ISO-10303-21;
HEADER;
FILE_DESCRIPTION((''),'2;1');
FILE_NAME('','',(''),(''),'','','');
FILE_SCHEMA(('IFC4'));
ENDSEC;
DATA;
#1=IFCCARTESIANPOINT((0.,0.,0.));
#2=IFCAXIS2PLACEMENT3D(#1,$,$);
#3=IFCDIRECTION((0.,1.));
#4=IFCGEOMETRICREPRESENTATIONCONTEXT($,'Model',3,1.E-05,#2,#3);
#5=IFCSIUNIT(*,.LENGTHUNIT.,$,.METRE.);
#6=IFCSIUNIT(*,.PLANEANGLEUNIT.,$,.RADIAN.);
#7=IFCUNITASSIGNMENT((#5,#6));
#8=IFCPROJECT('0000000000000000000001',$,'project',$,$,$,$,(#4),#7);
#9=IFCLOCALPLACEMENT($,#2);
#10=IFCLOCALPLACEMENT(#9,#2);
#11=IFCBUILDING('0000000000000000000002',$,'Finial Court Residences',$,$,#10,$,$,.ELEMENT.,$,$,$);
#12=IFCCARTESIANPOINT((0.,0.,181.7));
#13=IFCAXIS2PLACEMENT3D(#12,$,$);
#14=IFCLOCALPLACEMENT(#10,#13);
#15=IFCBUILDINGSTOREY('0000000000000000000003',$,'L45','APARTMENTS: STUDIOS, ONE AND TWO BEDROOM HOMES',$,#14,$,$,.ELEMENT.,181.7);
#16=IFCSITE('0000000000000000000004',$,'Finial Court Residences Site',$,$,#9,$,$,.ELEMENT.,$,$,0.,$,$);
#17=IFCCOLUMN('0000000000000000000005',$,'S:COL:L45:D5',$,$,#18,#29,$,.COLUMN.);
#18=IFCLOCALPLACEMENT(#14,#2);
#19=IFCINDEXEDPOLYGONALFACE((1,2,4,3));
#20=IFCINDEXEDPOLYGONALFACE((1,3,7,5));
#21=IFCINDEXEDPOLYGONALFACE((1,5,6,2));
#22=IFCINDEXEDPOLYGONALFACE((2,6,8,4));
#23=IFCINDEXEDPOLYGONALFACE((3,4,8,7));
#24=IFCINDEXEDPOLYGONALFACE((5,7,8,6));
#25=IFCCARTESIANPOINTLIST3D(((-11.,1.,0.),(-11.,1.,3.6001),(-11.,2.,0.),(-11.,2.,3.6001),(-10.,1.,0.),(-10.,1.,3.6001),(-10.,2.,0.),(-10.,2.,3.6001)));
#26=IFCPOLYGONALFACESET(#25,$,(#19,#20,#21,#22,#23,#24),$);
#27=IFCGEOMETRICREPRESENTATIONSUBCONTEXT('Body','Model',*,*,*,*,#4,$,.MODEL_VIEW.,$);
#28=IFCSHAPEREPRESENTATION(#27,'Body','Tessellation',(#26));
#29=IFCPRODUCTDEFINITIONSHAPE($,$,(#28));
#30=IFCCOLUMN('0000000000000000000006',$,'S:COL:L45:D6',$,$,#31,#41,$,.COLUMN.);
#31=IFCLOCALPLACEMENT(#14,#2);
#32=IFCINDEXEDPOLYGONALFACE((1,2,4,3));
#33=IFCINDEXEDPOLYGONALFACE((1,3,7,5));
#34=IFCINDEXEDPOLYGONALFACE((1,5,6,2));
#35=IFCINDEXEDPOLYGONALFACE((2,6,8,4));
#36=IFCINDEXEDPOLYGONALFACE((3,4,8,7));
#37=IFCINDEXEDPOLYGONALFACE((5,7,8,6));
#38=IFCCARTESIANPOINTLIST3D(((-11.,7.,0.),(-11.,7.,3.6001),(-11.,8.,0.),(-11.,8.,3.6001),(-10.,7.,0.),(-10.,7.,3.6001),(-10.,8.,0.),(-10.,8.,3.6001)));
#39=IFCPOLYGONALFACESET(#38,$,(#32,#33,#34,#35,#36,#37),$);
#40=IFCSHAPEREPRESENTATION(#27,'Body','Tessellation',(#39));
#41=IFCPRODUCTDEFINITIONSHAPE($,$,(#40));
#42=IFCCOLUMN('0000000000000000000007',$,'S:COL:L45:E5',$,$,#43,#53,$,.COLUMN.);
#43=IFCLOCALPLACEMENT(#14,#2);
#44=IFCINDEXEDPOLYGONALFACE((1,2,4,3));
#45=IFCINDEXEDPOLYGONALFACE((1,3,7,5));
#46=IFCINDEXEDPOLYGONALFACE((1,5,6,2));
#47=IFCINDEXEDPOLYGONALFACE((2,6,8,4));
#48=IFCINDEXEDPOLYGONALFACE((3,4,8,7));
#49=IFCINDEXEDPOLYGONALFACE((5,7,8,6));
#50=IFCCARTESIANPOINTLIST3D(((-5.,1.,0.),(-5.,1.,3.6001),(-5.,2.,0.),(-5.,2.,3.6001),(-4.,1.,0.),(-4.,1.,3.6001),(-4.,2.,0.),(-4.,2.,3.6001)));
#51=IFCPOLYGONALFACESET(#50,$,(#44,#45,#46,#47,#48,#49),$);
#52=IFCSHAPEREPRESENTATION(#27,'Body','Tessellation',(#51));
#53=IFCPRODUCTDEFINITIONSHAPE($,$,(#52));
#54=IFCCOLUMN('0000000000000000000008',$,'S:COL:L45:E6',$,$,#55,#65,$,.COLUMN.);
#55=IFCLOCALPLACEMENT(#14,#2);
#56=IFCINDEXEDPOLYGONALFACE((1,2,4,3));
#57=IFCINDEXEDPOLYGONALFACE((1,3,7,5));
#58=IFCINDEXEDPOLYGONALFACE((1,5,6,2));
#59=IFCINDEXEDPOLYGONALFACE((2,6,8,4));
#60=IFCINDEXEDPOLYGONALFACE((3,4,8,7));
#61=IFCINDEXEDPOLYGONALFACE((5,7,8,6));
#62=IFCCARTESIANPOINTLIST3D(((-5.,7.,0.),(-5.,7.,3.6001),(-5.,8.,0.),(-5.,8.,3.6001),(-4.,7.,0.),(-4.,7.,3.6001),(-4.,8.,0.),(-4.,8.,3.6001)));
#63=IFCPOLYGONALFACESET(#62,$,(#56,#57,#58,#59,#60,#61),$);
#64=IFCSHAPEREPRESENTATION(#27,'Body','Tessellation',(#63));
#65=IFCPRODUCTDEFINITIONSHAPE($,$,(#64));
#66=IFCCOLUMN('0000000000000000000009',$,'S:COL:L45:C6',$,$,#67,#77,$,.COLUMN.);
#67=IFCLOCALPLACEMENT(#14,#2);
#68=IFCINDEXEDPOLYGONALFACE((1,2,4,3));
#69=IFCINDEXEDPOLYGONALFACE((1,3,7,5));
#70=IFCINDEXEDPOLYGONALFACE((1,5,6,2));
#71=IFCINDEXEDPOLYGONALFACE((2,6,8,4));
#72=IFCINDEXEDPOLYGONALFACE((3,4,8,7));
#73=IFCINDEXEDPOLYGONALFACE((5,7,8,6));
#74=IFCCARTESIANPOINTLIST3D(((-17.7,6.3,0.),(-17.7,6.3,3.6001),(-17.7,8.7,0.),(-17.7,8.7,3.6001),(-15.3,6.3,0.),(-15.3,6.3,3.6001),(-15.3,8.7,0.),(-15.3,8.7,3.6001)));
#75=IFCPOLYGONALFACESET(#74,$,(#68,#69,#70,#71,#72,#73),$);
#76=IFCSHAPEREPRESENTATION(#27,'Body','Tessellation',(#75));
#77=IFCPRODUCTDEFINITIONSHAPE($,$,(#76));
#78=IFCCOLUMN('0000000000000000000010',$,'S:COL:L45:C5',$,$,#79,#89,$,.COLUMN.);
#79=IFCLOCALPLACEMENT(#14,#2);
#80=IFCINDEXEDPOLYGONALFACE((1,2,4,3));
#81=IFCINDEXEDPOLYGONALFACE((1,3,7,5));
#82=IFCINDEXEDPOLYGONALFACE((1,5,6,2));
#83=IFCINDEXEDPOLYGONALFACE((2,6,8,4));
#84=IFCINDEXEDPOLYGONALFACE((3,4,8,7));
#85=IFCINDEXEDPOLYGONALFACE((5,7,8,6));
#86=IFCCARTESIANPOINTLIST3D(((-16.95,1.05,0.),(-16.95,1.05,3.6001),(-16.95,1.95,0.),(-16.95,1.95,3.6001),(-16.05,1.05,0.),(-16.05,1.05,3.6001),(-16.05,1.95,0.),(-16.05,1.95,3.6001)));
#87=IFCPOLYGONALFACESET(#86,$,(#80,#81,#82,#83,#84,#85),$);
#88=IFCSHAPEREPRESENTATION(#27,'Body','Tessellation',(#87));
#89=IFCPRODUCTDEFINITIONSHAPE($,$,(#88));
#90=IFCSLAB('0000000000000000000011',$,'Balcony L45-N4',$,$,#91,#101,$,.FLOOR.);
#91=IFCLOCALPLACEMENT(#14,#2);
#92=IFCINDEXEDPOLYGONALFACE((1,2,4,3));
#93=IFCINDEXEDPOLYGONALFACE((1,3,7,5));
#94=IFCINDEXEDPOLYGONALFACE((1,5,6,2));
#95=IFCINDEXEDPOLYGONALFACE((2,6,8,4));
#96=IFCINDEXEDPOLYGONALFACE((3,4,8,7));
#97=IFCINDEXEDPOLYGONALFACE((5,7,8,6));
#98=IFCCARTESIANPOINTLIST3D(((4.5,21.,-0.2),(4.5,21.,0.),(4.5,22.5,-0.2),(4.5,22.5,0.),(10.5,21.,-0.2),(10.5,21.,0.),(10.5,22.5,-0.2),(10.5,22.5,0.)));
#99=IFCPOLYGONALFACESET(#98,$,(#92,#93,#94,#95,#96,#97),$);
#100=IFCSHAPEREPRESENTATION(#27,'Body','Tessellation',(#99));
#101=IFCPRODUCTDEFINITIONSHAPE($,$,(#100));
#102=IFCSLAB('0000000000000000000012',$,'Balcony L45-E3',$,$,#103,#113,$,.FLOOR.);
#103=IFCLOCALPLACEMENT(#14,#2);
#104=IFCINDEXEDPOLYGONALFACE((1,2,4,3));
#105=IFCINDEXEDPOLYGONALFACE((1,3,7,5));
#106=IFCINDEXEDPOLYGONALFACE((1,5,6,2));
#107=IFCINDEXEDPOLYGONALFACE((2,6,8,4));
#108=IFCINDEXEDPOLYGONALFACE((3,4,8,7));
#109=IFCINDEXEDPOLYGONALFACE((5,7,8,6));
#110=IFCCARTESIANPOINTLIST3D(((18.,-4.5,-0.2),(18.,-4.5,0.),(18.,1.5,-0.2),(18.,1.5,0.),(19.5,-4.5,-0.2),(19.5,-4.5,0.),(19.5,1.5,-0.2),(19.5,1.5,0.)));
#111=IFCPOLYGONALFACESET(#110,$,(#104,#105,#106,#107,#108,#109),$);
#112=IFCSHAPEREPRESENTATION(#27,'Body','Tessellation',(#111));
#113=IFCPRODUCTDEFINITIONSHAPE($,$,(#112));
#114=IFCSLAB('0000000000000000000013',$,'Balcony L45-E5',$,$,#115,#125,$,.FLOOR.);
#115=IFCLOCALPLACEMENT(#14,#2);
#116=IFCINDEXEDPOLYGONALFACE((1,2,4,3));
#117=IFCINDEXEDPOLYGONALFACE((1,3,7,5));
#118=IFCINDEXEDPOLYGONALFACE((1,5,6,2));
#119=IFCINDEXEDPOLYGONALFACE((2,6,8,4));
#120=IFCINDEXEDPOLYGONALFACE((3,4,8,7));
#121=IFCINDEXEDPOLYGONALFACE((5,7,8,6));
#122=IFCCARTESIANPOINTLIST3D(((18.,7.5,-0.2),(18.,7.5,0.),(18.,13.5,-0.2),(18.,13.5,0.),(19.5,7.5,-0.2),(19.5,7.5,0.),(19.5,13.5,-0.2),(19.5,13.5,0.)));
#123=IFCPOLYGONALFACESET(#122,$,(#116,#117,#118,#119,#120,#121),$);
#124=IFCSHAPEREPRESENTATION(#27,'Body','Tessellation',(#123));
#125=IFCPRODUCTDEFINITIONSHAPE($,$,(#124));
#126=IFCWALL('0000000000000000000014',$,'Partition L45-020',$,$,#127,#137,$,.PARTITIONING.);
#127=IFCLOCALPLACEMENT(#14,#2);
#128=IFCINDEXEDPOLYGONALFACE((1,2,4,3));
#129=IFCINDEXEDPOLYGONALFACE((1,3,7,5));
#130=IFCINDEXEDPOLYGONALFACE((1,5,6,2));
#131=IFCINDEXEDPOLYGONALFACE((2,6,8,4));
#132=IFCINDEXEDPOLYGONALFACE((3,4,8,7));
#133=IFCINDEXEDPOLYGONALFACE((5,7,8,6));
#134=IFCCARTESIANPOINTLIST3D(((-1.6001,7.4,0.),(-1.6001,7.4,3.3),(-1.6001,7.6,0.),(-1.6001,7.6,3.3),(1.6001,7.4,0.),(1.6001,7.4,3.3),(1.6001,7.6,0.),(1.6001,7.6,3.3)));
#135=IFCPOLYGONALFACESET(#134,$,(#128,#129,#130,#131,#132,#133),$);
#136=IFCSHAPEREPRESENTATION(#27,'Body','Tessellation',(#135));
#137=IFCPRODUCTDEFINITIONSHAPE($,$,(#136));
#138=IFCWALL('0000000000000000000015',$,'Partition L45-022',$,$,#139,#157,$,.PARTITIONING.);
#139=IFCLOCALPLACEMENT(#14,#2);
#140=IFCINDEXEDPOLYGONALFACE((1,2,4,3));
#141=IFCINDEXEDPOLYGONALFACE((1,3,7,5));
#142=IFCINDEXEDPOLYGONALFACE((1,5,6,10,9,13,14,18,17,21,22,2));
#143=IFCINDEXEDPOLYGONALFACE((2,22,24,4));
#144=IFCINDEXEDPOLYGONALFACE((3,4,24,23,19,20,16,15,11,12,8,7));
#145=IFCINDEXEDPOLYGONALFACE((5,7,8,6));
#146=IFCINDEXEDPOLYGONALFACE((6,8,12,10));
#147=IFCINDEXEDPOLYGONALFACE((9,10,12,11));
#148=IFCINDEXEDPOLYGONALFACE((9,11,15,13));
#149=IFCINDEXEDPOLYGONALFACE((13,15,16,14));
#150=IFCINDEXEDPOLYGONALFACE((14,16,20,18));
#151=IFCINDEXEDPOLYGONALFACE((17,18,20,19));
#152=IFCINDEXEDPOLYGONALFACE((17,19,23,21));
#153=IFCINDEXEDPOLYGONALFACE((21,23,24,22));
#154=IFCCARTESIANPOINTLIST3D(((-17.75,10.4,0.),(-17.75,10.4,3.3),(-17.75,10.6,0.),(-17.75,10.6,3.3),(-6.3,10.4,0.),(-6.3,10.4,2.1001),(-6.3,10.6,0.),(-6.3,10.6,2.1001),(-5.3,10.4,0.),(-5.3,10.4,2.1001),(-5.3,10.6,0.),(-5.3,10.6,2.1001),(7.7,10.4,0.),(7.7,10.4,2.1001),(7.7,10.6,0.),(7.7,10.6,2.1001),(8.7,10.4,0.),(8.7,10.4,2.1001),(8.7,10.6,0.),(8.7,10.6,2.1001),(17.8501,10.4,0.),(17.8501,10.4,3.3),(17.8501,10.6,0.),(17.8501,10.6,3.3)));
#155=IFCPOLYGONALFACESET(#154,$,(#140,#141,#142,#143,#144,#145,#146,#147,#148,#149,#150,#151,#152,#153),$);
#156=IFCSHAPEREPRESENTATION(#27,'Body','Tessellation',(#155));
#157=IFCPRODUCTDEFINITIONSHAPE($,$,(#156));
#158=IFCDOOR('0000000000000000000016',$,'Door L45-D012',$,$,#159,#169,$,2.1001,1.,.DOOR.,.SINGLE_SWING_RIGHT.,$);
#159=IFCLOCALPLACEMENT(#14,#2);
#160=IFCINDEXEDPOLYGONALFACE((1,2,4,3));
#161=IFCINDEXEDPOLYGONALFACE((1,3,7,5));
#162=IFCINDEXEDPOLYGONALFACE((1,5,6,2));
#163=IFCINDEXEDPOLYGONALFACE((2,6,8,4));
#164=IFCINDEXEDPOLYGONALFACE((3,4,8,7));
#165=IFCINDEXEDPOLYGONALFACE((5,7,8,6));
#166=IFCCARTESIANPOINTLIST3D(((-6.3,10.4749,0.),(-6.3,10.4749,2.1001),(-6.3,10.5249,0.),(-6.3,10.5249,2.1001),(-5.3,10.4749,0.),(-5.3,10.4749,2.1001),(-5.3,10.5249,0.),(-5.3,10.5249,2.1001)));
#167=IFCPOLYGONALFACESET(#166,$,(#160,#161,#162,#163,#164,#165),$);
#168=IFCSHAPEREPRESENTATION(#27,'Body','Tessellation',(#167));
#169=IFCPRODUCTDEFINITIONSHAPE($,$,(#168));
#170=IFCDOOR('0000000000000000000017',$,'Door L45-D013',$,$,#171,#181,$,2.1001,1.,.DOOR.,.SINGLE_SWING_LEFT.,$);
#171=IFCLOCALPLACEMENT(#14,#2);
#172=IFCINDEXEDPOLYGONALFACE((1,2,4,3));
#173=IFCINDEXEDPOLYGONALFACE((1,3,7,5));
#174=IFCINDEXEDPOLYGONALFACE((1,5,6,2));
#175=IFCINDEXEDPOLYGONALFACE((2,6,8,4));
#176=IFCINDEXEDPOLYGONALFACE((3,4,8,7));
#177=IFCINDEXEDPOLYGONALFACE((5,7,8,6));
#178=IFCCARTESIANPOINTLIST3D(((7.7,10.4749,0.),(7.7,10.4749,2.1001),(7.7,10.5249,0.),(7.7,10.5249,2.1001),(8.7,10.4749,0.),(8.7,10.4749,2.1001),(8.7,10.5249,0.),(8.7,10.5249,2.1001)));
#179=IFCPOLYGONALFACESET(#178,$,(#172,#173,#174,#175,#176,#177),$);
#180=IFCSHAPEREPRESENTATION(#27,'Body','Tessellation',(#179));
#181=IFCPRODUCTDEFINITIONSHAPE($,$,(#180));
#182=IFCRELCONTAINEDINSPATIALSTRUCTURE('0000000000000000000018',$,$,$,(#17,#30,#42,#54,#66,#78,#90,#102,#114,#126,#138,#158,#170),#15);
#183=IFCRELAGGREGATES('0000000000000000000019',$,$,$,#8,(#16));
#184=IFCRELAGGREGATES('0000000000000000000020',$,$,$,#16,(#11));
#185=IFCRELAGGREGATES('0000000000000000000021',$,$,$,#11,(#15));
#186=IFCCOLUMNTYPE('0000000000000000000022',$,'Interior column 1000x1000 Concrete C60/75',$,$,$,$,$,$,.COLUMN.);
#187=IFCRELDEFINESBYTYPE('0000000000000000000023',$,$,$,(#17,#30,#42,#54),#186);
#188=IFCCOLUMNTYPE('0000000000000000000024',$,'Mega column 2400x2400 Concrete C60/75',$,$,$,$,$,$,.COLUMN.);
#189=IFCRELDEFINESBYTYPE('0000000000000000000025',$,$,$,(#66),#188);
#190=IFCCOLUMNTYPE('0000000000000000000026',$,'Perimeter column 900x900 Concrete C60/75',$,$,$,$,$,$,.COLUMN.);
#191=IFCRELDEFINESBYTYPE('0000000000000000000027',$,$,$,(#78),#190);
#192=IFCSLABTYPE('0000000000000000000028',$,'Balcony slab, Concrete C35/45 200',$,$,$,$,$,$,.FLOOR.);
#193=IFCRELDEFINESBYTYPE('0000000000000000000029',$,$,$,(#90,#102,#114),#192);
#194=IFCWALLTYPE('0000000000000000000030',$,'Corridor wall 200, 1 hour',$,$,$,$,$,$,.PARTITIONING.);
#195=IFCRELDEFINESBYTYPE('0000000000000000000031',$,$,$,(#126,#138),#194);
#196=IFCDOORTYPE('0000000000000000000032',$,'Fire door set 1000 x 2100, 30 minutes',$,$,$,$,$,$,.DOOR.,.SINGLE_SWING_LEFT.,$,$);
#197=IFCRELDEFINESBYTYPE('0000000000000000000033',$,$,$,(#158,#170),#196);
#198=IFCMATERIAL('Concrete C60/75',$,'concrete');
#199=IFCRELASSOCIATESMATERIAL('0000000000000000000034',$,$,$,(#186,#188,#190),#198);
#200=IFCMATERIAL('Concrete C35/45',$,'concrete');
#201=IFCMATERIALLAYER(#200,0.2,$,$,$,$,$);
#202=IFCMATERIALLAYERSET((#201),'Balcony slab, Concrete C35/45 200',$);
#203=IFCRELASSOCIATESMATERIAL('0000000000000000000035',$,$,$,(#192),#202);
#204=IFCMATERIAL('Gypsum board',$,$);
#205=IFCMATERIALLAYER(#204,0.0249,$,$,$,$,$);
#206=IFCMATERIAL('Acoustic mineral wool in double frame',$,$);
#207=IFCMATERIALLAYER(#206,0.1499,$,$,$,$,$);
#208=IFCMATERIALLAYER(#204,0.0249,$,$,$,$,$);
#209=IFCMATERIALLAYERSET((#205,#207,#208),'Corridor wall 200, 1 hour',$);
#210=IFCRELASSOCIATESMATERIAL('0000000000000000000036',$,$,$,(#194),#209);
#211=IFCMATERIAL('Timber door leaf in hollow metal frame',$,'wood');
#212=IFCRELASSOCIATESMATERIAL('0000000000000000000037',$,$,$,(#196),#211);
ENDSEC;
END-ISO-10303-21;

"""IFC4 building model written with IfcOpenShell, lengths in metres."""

from ifc_helpers import new_model, si_unit, direction, frame, frame_2d, origin, origin_2d, place, context, subcontext, project, spatial, polyline, rectangle, outline, extrude, material, layer, layer_set, material_profile, profile_set, type_object, element, fill, save


model = new_model("IFC4")

# Units and contexts
model_context = context("Model", 3, precision=1e-05, world=origin(), true_north=direction((0.0, 1.0)))
body_context = subcontext(model_context, "Body", "Model", "MODEL_VIEW")
ifc_project = project(units=[si_unit("LENGTHUNIT", "METRE"), si_unit("PLANEANGLEUNIT", "RADIAN")], contexts=[model_context])

# Site, building, storey
site_placement = place(None, origin())
site = spatial("IfcSite", under=ifc_project, at=site_placement, Name="Finial Court Residences Site", CompositionType="ELEMENT", RefElevation=0.0)
building_placement = place(site_placement, origin())
building = spatial("IfcBuilding", under=site, at=building_placement, Name="Finial Court Residences", CompositionType="ELEMENT")
storey_placement = place(building_placement, frame((0.0, 0.0, 181.7)))
storey = spatial("IfcBuildingStorey", under=building, at=storey_placement, Name="L45", Description="APARTMENTS: STUDIOS, ONE AND TWO BEDROOM HOMES", CompositionType="ELEMENT", Elevation=181.7)

# Columns
ifc_material_1 = material(Name="Concrete C60/75", Category="concrete")
ifc_material_profile_1 = material_profile(ifc_material_1, rectangle(XDim=1.0, YDim=1.0, at=origin_2d()), Name="1000x1000")
ifc_profile_set_1 = profile_set([ifc_material_profile_1], Name="Concrete C60/75")
column_type_1 = type_object("IfcColumnType", Name="Interior column 1000x1000 Concrete C60/75", PredefinedType="COLUMN", material=ifc_profile_set_1)
for number, where, z_axis, x_axis, name in (
    (1, (-10.5, 1.5, 0.0), (0.0, 0.0, 1.0), (1.0, 0.0, 0.0), "S:COL:L45:D5"),
    (2, (-10.5, 7.5, 0.0), (0.0, 0.0, 1.0), (1.0, 0.0, 0.0), "S:COL:L45:D6"),
    (3, (-4.5, 1.5, 0.0), (0.0, 0.0, 1.0), (1.0, 0.0, 0.0), "S:COL:L45:E5"),
    (4, (-4.5, 7.5, 0.0), (0.0, 0.0, 1.0), (1.0, 0.0, 0.0), "S:COL:L45:E6"),
):
    element("IfcColumn", number, at=place(storey_placement, frame(where, z_axis=z_axis, x_axis=x_axis)), inside=storey, type_object=column_type_1, Name=name, PredefinedType="COLUMN", context=body_context, shape_type="SweptSolid", body=[
        extrude(rectangle(XDim=1.0, YDim=1.0, at=origin_2d()), origin(), (0.0, 0.0, 1.0), 3.6001),
    ])
ifc_material_profile_2 = material_profile(ifc_material_1, rectangle(XDim=2.3999, YDim=2.3999, at=origin_2d()), Name="2400x2400")
ifc_profile_set_2 = profile_set([ifc_material_profile_2], Name="Concrete C60/75")
column_type_2 = type_object("IfcColumnType", Name="Mega column 2400x2400 Concrete C60/75", PredefinedType="COLUMN", material=ifc_profile_set_2)
column_1_placement = place(storey_placement, frame((-16.5, 7.5, 0.0), z_axis=(0.0, 0.0, 1.0), x_axis=(1.0, 0.0, 0.0)))
element("IfcColumn", 5, at=column_1_placement, inside=storey, type_object=column_type_2, Name="S:COL:L45:C6", PredefinedType="COLUMN", context=body_context, shape_type="SweptSolid", body=[
    extrude(rectangle(XDim=2.3999, YDim=2.3999, at=origin_2d()), origin(), (0.0, 0.0, 1.0), 3.6001),
])
ifc_material_profile_3 = material_profile(ifc_material_1, rectangle(XDim=0.8999, YDim=0.8999, at=origin_2d()), Name="900x900")
ifc_profile_set_3 = profile_set([ifc_material_profile_3], Name="Concrete C60/75")
column_type_3 = type_object("IfcColumnType", Name="Perimeter column 900x900 Concrete C60/75", PredefinedType="COLUMN", material=ifc_profile_set_3)
column_2_placement = place(storey_placement, frame((-16.5, 1.5, 0.0), z_axis=(0.0, 0.0, 1.0), x_axis=(1.0, 0.0, 0.0)))
element("IfcColumn", 6, at=column_2_placement, inside=storey, type_object=column_type_3, Name="S:COL:L45:C5", PredefinedType="COLUMN", context=body_context, shape_type="SweptSolid", body=[
    extrude(rectangle(XDim=0.8999, YDim=0.8999, at=origin_2d()), origin(), (0.0, 0.0, 1.0), 3.6001),
])

# Slabs
ifc_material_2 = material(Name="Concrete C35/45", Category="concrete")
ifc_layer_1 = layer(ifc_material_2, 0.2)
ifc_layer_set_1 = layer_set([ifc_layer_1], Name="Balcony slab, Concrete C35/45 200")
slab_type = type_object("IfcSlabType", Name="Balcony slab, Concrete C35/45 200", PredefinedType="FLOOR", material=ifc_layer_set_1)
slab_1_placement = place(storey_placement, frame((0.0, 0.0, -0.2)))
element("IfcSlab", 7, at=slab_1_placement, inside=storey, type_object=slab_type, Name="Balcony L45-N4", PredefinedType="FLOOR", context=body_context, shape_type="SweptSolid", body=[
    extrude(outline(polyline([(10.5, 21.0), (10.5, 22.5), (4.5, 22.5), (4.5, 21.0), (10.5, 21.0)])), origin(), (0.0, 0.0, 1.0), 0.2),
])
slab_2_placement = place(storey_placement, frame((0.0, 0.0, -0.2)))
element("IfcSlab", 8, at=slab_2_placement, inside=storey, type_object=slab_type, Name="Balcony L45-E3", PredefinedType="FLOOR", context=body_context, shape_type="SweptSolid", body=[
    extrude(outline(polyline([(19.5, -4.5), (19.5, 1.5), (18.0, 1.5), (18.0, -4.5), (19.5, -4.5)])), origin(), (0.0, 0.0, 1.0), 0.2),
])
slab_3_placement = place(storey_placement, frame((0.0, 0.0, -0.2)))
element("IfcSlab", 9, at=slab_3_placement, inside=storey, type_object=slab_type, Name="Balcony L45-E5", PredefinedType="FLOOR", context=body_context, shape_type="SweptSolid", body=[
    extrude(outline(polyline([(19.5, 7.5), (19.5, 13.5), (18.0, 13.5), (18.0, 7.5), (19.5, 7.5)])), origin(), (0.0, 0.0, 1.0), 0.2),
])

# Wall
ifc_material_3 = material(Name="Gypsum board")
ifc_layer_2 = layer(ifc_material_3, 0.0249)
ifc_material_4 = material(Name="Acoustic mineral wool in double frame")
ifc_layer_3 = layer(ifc_material_4, 0.1499)
ifc_layer_4 = layer(ifc_material_3, 0.0249)
ifc_layer_set_2 = layer_set([ifc_layer_2, ifc_layer_3, ifc_layer_4], Name="Corridor wall 200, 1 hour")
wall_type_1 = type_object("IfcWallType", Name="Corridor wall 200, 1 hour", PredefinedType="PARTITIONING", material=ifc_layer_set_2)
wall_1_placement = place(storey_placement, frame((-1.6001, 7.5, 0.0), z_axis=(0.0, 0.0, 1.0), x_axis=(1.0, 0.0, 0.0)))
element("IfcWall", 10, at=wall_1_placement, inside=storey, type_object=wall_type_1, Name="Partition L45-020", PredefinedType="PARTITIONING", context=body_context, shape_type="SweptSolid", body=[
    extrude(rectangle(XDim=3.2002, YDim=0.2, at=frame_2d((1.6001, 0.0))), origin(), (0.0, 0.0, 1.0), 3.3),
])

# Wall, openings, doors
wall_2_placement = place(storey_placement, frame((-17.75, 10.5, 0.0), z_axis=(0.0, 0.0, 1.0), x_axis=(1.0, 0.0, 0.0)))
wall_2 = element("IfcWall", 11, at=wall_2_placement, inside=storey, type_object=wall_type_1, Name="Partition L45-022", PredefinedType="PARTITIONING", context=body_context, shape_type="SweptSolid", body=[
    extrude(rectangle(XDim=35.6001, YDim=0.2, at=frame_2d((17.8, 0.0))), origin(), (0.0, 0.0, 1.0), 3.3),
])
opening_1_placement = place(wall_2_placement, frame((11.45, 0.0, 0.0)))
opening_1 = element("IfcOpeningElement", 12, at=opening_1_placement, cuts=wall_2, PredefinedType="OPENING", context=body_context, shape_type="SweptSolid", body=[
    extrude(rectangle(XDim=1.0, YDim=2.1001, at=frame_2d((0.5, 1.05))), frame((0.0, 0.1099, 0.0), z_axis=(0.0, -1.0, 0.0), x_axis=(1.0, 0.0, 0.0)), (0.0, 0.0, 1.0), 0.22),
])
opening_2_placement = place(wall_2_placement, frame((25.45, 0.0, 0.0)))
opening_2 = element("IfcOpeningElement", 13, at=opening_2_placement, cuts=wall_2, PredefinedType="OPENING", context=body_context, shape_type="SweptSolid", body=[
    extrude(rectangle(XDim=1.0, YDim=2.1001, at=frame_2d((0.5, 1.05))), frame((0.0, 0.1099, 0.0), z_axis=(0.0, -1.0, 0.0), x_axis=(1.0, 0.0, 0.0)), (0.0, 0.0, 1.0), 0.22),
])
ifc_material_5 = material(Name="Timber door leaf in hollow metal frame", Category="wood")
door_type_1 = type_object("IfcDoorType", Name="Fire door set 1000 x 2100, 30 minutes", OperationType="SINGLE_SWING_LEFT", PredefinedType="DOOR", material=ifc_material_5)
door_1_placement = place(opening_1_placement, origin())
door_1 = element("IfcDoor", 14, at=door_1_placement, inside=storey, type_object=door_type_1, Name="Door L45-D012", OperationType="SINGLE_SWING_RIGHT", OverallHeight=2.1001, OverallWidth=1.0, PredefinedType="DOOR", context=body_context, shape_type="SweptSolid", body=[
    extrude(rectangle(XDim=1.0, YDim=2.1001, at=frame_2d((0.5, 1.05))), frame((0.0, 0.0249, 0.0), z_axis=(0.0, -1.0, 0.0), x_axis=(1.0, 0.0, 0.0)), (0.0, 0.0, 1.0), 0.05),
])
fill(opening_1, door_1)
door_2_placement = place(opening_2_placement, origin())
door_2 = element("IfcDoor", 15, at=door_2_placement, inside=storey, type_object=door_type_1, Name="Door L45-D013", OperationType="SINGLE_SWING_LEFT", OverallHeight=2.1001, OverallWidth=1.0, PredefinedType="DOOR", context=body_context, shape_type="SweptSolid", body=[
    extrude(rectangle(XDim=1.0, YDim=2.1001, at=frame_2d((0.5, 1.05))), frame((0.0, 0.0249, 0.0), z_axis=(0.0, -1.0, 0.0), x_axis=(1.0, 0.0, 0.0)), (0.0, 0.0, 1.0), 0.05),
])
fill(opening_2, door_2)

save(model, "model.ifc")
